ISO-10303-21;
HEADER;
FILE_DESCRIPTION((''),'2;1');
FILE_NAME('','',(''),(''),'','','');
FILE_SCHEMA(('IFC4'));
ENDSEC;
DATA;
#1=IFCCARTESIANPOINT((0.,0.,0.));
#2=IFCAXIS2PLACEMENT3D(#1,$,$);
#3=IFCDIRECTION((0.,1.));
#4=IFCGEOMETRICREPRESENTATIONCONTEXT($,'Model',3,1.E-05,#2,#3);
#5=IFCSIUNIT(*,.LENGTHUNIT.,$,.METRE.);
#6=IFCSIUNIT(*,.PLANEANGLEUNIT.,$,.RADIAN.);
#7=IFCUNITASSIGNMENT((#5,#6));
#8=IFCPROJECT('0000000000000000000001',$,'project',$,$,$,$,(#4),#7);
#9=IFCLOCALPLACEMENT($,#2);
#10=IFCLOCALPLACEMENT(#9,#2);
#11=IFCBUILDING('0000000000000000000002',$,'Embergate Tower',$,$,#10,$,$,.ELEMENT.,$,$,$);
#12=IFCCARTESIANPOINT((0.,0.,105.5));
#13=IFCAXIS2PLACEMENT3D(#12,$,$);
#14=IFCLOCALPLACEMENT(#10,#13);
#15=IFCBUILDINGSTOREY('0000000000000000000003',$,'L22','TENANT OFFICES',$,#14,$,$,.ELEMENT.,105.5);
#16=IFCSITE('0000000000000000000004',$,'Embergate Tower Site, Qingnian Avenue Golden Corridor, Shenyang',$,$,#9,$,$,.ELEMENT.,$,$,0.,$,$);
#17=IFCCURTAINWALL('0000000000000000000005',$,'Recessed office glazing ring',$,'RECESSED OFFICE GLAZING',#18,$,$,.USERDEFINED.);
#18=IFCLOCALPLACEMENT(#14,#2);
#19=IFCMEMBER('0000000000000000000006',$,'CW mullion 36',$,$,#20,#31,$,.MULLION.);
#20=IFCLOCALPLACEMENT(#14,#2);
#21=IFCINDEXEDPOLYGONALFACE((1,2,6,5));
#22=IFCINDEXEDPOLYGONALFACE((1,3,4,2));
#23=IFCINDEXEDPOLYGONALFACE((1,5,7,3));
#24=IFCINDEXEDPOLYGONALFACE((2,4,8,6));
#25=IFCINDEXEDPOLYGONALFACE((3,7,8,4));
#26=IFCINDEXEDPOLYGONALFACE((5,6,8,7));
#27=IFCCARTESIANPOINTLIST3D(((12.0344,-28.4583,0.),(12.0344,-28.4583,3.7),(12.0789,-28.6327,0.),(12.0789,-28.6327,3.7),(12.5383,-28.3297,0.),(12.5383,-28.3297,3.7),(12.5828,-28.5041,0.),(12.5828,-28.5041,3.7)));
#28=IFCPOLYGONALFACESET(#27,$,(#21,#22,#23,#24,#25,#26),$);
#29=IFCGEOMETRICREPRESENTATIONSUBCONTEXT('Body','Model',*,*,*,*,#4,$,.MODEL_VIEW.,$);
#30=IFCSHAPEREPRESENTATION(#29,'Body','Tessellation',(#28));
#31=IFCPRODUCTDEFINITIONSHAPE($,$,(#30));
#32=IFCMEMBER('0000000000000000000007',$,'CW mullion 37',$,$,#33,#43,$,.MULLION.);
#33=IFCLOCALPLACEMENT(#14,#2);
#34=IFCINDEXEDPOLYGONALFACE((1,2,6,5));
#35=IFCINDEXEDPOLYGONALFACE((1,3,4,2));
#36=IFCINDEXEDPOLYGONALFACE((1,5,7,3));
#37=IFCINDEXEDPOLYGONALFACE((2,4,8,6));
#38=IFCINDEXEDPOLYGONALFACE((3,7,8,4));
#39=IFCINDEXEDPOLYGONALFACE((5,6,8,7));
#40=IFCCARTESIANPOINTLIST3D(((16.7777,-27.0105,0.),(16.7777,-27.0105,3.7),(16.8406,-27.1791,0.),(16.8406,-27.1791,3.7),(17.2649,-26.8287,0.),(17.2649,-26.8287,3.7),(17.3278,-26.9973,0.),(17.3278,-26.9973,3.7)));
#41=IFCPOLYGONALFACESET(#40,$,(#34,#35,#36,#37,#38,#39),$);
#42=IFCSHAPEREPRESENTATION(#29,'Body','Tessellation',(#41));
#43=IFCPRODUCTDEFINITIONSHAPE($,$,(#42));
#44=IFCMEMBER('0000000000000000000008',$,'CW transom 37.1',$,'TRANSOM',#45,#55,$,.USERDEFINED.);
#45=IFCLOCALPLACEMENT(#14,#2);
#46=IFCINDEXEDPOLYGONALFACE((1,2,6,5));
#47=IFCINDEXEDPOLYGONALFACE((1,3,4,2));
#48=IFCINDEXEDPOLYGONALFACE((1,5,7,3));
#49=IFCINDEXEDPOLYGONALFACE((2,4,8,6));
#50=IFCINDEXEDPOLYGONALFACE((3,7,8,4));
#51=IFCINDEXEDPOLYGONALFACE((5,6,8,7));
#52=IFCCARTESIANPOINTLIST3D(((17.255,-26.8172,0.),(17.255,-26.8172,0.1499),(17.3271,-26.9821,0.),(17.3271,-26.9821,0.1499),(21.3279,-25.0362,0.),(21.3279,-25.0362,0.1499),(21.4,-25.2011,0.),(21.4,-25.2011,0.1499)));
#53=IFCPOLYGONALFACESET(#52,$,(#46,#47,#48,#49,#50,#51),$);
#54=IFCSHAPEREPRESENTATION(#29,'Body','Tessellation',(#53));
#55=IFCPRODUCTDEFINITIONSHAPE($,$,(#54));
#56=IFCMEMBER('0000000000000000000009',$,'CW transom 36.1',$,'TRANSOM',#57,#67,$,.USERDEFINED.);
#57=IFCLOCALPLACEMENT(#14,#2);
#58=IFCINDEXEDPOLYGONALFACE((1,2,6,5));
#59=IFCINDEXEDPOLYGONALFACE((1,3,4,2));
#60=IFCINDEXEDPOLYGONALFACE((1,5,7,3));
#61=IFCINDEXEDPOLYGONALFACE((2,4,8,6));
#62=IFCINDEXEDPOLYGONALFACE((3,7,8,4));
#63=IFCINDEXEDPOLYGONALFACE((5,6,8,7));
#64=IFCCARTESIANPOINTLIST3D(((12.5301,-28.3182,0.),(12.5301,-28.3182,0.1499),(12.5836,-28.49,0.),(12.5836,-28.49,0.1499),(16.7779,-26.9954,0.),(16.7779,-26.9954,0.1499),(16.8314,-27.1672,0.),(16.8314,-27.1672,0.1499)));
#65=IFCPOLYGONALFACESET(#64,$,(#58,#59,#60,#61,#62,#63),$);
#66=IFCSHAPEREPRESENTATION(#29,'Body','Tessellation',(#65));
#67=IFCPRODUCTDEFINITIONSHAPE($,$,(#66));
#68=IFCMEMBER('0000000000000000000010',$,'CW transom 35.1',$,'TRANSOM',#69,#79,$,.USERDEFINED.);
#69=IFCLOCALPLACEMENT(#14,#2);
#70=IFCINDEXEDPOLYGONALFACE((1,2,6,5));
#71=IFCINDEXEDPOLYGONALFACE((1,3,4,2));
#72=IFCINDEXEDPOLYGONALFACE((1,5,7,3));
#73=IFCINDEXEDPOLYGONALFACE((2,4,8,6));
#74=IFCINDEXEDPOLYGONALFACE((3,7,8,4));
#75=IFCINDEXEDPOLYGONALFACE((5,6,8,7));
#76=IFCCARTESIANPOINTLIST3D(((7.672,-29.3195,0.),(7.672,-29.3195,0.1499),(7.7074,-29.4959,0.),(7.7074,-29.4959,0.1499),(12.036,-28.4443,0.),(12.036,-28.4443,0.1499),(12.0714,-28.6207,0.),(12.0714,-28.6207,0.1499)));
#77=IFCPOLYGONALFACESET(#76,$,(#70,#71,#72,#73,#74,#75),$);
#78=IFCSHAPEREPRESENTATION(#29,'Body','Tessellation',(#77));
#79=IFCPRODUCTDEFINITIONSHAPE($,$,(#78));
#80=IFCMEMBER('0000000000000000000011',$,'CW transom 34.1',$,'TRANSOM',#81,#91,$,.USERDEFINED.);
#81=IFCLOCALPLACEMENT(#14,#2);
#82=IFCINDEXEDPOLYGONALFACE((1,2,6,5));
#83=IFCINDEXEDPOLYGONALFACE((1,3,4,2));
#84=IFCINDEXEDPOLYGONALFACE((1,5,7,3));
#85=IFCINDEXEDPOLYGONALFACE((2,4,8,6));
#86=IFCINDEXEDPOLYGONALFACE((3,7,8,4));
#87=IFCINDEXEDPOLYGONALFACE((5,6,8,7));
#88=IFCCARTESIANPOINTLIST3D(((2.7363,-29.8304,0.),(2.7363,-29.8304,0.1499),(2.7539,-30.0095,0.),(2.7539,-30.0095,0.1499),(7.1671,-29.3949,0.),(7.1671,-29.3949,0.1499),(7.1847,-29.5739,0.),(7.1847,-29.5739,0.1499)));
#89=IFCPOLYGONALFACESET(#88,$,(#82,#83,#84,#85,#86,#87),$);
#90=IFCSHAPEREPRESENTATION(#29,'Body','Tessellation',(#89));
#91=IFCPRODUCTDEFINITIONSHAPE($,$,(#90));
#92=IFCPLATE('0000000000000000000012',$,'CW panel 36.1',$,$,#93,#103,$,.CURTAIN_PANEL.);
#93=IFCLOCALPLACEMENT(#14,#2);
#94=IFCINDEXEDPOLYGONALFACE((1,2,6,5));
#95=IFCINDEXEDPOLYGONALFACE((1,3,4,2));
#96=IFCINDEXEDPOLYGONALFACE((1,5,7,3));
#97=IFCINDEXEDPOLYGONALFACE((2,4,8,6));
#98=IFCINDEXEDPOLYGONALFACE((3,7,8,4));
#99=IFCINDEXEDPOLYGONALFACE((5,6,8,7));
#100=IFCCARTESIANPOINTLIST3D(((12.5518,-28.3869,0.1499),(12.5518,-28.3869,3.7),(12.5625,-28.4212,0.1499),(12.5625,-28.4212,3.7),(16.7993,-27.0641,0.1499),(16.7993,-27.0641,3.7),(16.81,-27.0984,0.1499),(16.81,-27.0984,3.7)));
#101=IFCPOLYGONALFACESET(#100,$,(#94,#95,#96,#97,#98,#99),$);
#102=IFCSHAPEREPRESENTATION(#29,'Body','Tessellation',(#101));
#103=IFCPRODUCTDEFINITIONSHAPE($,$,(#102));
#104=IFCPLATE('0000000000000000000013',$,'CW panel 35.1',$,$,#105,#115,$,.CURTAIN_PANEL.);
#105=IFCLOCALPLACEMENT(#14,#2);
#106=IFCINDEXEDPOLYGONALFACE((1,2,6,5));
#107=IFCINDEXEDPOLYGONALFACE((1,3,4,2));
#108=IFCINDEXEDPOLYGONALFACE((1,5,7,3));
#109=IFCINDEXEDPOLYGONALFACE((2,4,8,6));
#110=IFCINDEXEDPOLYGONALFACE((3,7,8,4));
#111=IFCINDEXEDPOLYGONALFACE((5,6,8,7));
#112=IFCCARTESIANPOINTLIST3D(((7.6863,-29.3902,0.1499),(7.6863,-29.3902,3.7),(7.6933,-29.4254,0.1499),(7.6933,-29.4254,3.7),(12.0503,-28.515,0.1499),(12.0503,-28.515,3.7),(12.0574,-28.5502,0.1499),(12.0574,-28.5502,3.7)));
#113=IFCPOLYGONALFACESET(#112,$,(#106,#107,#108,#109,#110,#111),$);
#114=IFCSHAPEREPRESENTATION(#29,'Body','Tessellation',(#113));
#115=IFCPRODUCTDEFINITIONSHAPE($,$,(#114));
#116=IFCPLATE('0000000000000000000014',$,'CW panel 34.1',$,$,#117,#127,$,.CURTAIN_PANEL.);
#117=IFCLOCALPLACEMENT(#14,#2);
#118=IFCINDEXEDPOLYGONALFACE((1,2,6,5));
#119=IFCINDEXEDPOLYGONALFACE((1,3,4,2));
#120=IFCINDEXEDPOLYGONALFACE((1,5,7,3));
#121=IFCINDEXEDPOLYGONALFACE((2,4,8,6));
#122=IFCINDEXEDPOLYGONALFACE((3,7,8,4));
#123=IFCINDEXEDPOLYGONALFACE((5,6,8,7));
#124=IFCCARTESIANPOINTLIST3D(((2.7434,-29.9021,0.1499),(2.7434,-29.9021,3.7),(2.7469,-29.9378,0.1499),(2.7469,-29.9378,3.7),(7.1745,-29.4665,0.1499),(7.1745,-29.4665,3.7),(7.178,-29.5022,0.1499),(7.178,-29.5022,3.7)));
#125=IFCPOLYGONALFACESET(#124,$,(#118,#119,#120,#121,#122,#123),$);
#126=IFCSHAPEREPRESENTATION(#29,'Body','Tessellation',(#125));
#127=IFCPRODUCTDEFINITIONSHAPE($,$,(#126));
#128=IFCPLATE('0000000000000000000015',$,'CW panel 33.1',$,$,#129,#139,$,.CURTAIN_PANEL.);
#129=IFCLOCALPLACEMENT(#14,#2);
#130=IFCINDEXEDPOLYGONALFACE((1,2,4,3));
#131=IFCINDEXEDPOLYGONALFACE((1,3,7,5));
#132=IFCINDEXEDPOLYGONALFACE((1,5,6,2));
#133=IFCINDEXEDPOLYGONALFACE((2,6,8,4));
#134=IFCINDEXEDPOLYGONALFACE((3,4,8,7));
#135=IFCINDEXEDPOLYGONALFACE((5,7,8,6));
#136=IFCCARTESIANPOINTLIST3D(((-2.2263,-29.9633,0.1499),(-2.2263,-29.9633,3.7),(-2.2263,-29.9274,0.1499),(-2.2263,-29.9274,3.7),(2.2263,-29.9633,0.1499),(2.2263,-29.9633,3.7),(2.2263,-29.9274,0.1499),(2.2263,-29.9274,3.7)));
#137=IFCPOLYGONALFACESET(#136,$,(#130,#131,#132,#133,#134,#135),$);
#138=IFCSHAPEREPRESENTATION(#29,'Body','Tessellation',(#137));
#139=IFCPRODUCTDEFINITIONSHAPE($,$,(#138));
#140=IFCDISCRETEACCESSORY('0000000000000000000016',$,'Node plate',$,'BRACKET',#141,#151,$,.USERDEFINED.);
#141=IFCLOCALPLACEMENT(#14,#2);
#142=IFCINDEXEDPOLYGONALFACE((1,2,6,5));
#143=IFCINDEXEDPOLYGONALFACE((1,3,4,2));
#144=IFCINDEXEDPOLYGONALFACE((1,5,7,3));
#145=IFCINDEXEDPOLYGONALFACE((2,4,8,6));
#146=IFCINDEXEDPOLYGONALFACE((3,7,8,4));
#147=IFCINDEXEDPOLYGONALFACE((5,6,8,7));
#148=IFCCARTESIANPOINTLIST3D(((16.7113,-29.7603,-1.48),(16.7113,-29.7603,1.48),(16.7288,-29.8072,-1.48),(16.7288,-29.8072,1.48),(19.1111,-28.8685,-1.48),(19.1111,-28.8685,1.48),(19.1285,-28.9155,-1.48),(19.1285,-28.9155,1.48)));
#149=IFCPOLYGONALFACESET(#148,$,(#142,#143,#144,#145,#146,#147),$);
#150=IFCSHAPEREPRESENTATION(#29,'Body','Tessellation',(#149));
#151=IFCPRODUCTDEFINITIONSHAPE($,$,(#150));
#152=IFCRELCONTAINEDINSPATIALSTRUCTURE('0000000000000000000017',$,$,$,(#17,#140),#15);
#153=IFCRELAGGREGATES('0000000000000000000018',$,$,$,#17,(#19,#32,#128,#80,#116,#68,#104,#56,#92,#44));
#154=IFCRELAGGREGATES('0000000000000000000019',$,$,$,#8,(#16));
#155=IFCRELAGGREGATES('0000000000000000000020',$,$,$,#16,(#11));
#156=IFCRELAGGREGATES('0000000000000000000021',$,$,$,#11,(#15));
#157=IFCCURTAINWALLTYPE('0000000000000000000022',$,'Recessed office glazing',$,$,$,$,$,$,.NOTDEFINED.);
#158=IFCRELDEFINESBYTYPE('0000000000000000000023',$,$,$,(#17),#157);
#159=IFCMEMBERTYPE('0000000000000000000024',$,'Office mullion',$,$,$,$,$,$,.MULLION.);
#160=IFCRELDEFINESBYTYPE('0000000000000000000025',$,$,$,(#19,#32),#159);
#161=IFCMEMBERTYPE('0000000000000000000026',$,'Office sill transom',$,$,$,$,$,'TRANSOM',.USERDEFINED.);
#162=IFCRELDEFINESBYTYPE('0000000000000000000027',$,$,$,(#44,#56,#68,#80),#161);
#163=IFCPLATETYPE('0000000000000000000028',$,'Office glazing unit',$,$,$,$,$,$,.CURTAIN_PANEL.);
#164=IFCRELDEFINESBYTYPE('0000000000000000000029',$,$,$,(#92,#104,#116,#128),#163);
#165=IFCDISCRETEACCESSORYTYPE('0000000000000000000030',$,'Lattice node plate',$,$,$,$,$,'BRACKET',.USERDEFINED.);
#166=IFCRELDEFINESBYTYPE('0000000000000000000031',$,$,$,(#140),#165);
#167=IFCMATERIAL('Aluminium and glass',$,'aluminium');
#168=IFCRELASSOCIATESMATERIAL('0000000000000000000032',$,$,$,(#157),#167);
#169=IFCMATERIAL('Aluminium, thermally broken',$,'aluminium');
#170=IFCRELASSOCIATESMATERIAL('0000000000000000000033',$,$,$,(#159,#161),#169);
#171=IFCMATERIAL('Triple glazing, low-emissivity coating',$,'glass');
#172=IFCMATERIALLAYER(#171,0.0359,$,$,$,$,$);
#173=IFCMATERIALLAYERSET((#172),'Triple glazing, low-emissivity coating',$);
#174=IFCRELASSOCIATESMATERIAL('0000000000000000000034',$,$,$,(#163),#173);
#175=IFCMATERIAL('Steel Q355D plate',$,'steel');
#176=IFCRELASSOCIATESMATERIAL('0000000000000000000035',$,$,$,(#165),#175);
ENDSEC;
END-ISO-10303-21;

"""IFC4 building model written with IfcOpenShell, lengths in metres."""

from ifc_helpers import new_model, si_unit, direction, frame, origin, origin_2d, place, context, subcontext, project, spatial, rectangle, extrude, source, transform, mapped, material, layer, layer_set, material_profile, profile_set, type_object, element, aggregate, save


model = new_model("IFC4")

# Units and contexts
model_context = context("Model", 3, precision=1e-05, world=origin(), true_north=direction((0.0, 1.0)))
body_context = subcontext(model_context, "Body", "Model", "MODEL_VIEW")
ifc_project = project(units=[si_unit("LENGTHUNIT", "METRE"), si_unit("PLANEANGLEUNIT", "RADIAN")], contexts=[model_context])

# Site, building, storey
site_placement = place(None, origin())
site = spatial("IfcSite", under=ifc_project, at=site_placement, Name="Embergate Tower Site, Qingnian Avenue Golden Corridor, Shenyang", CompositionType="ELEMENT", RefElevation=0.0)
building_placement = place(site_placement, origin())
building = spatial("IfcBuilding", under=site, at=building_placement, Name="Embergate Tower", CompositionType="ELEMENT")
storey_placement = place(building_placement, frame((0.0, 0.0, 105.5)))
storey = spatial("IfcBuildingStorey", under=building, at=storey_placement, Name="L22", Description="TENANT OFFICES", CompositionType="ELEMENT", Elevation=105.5)

# Curtain wall, members, plates
ifc_material_1 = material(Name="Aluminium and glass", Category="aluminium")
curtain_wall_type = type_object("IfcCurtainWallType", Name="Recessed office glazing", PredefinedType="NOTDEFINED", material=ifc_material_1)
curtain_wall_placement = place(storey_placement, origin())
curtain_wall = element("IfcCurtainWall", 1, at=curtain_wall_placement, inside=storey, type_object=curtain_wall_type, Name="Recessed office glazing ring", ObjectType="RECESSED OFFICE GLAZING", PredefinedType="USERDEFINED")
ifc_material_2 = material(Name="Aluminium, thermally broken", Category="aluminium")
ifc_material_profile_1 = material_profile(ifc_material_2, rectangle(XDim=0.1799, YDim=0.52, at=origin_2d()), Name="AL 520x180")
ifc_profile_set_1 = profile_set([ifc_material_profile_1], Name="Aluminium, thermally broken")
member_type_1 = type_object("IfcMemberType", Name="Office mullion", PredefinedType="MULLION", material=ifc_profile_set_1)
shared_shape_1 = source(origin(), body_context, "Body", "SweptSolid", [
    extrude(rectangle(XDim=0.1799, YDim=0.52, at=origin_2d()), origin(), (0.0, 0.0, 1.0), 3.7),
])
member_1_placement = place(storey_placement, frame((12.3086, -28.4812, 0.0), z_axis=(0.0, 0.0, 1.0), x_axis=(-0.247317, 0.968935, 0.0)))
member_1 = element("IfcMember", 2, at=member_1_placement, type_object=member_type_1, Name="CW mullion 36", PredefinedType="MULLION", context=body_context, shape_type="MappedRepresentation", body=[
    mapped(shared_shape_1, transform((0.0, 0.0, 0.0))),
])
member_2_placement = place(storey_placement, frame((17.0527, -27.0039, 0.0), z_axis=(0.0, 0.0, 1.0), x_axis=(-0.349511, 0.936932, 0.0)))
member_2 = element("IfcMember", 3, at=member_2_placement, type_object=member_type_1, Name="CW mullion 37", PredefinedType="MULLION", context=body_context, shape_type="MappedRepresentation", body=[
    mapped(shared_shape_1, transform((0.0, 0.0, 0.0))),
])
ifc_material_profile_2 = material_profile(ifc_material_2, rectangle(XDim=0.1799, YDim=0.1499, at=origin_2d()), Name="AL 150x180")
ifc_profile_set_2 = profile_set([ifc_material_profile_2], Name="Aluminium, thermally broken")
member_type_2 = type_object("IfcMemberType", Name="Office sill transom", ElementType="TRANSOM", PredefinedType="USERDEFINED", material=ifc_profile_set_2)
shared_shape_2 = source(origin(), body_context, "Body", "SweptSolid", [
    extrude(rectangle(XDim=0.1799, YDim=0.1499, at=origin_2d()), origin(), (0.0, 0.0, 1.0), 4.4453),
])
member_3_placement = place(storey_placement, frame((17.291, -26.8997, 0.075), z_axis=(0.916234, 0.400643, 0.0), x_axis=(-0.400643, 0.916234, 0.0)))
member_3 = element("IfcMember", 4, at=member_3_placement, type_object=member_type_2, Name="CW transom 37.1", ObjectType="TRANSOM", PredefinedType="USERDEFINED", context=body_context, shape_type="MappedRepresentation", body=[
    mapped(shared_shape_2, transform((0.0, 0.0, 0.0))),
])
shared_shape_3 = source(origin(), body_context, "Body", "SweptSolid", [
    extrude(rectangle(XDim=0.1799, YDim=0.1499, at=origin_2d()), origin(), (0.0, 0.0, 1.0), 4.449),
])
member_4_placement = place(storey_placement, frame((12.5569, -28.4041, 0.075), z_axis=(0.954779, 0.297316, 0.0), x_axis=(-0.297316, 0.954779, 0.0)))
member_4 = element("IfcMember", 5, at=member_4_placement, type_object=member_type_2, Name="CW transom 36.1", ObjectType="TRANSOM", PredefinedType="USERDEFINED", context=body_context, shape_type="MappedRepresentation", body=[
    mapped(shared_shape_3, transform((0.0, 0.0, 0.0))),
])
shared_shape_4 = source(origin(), body_context, "Body", "SweptSolid", [
    extrude(rectangle(XDim=0.1799, YDim=0.1499, at=origin_2d()), origin(), (0.0, 0.0, 1.0), 4.4509),
])
member_5_placement = place(storey_placement, frame((7.6897, -29.4077, 0.075), z_axis=(0.980475, 0.196644, 0.0), x_axis=(-0.196644, 0.980475, 0.0)))
member_5 = element("IfcMember", 6, at=member_5_placement, type_object=member_type_2, Name="CW transom 35.1", ObjectType="TRANSOM", PredefinedType="USERDEFINED", context=body_context, shape_type="MappedRepresentation", body=[
    mapped(shared_shape_4, transform((0.0, 0.0, 0.0))),
])
shared_shape_5 = source(origin(), body_context, "Body", "SweptSolid", [
    extrude(rectangle(XDim=0.1799, YDim=0.1499, at=origin_2d()), origin(), (0.0, 0.0, 1.0), 4.4521),
])
member_6_placement = place(storey_placement, frame((2.7451, -29.9199, 0.075), z_axis=(0.995204, 0.097826, 0.0), x_axis=(-0.097826, 0.995204, 0.0)))
member_6 = element("IfcMember", 7, at=member_6_placement, type_object=member_type_2, Name="CW transom 34.1", ObjectType="TRANSOM", PredefinedType="USERDEFINED", context=body_context, shape_type="MappedRepresentation", body=[
    mapped(shared_shape_5, transform((0.0, 0.0, 0.0))),
])
ifc_material_3 = material(Name="Triple glazing, low-emissivity coating", Category="glass")
ifc_layer = layer(ifc_material_3, 0.0359)
ifc_layer_set = layer_set([ifc_layer], Name="Triple glazing, low-emissivity coating")
plate_type = type_object("IfcPlateType", Name="Office glazing unit", PredefinedType="CURTAIN_PANEL", material=ifc_layer_set)
shared_shape_6 = source(origin(), body_context, "Body", "SweptSolid", [
    extrude(rectangle(XDim=4.4487, YDim=0.0359, at=origin_2d()), origin(), (0.0, 0.0, 1.0), 3.55),
])
plate_1_placement = place(storey_placement, frame((14.6809, -27.7427, 0.1499), z_axis=(0.0, 0.0, 1.0), x_axis=(0.95477, 0.297345, 0.0)))
plate_1 = element("IfcPlate", 8, at=plate_1_placement, type_object=plate_type, Name="CW panel 36.1", PredefinedType="CURTAIN_PANEL", context=body_context, shape_type="MappedRepresentation", body=[
    mapped(shared_shape_6, transform((0.0, 0.0, 0.0))),
])
shared_shape_7 = source(origin(), body_context, "Body", "SweptSolid", [
    extrude(rectangle(XDim=4.4509, YDim=0.0359, at=origin_2d()), origin(), (0.0, 0.0, 1.0), 3.55),
])
plate_2_placement = place(storey_placement, frame((9.8718, -28.9702, 0.1499), z_axis=(0.0, 0.0, 1.0), x_axis=(0.980475, 0.196644, 0.0)))
plate_2 = element("IfcPlate", 9, at=plate_2_placement, type_object=plate_type, Name="CW panel 35.1", PredefinedType="CURTAIN_PANEL", context=body_context, shape_type="MappedRepresentation", body=[
    mapped(shared_shape_7, transform((0.0, 0.0, 0.0))),
])
shared_shape_8 = source(origin(), body_context, "Body", "SweptSolid", [
    extrude(rectangle(XDim=4.4524, YDim=0.0359, at=origin_2d()), origin(), (0.0, 0.0, 1.0), 3.55),
])
plate_3_placement = place(storey_placement, frame((4.9607, -29.7021, 0.1499), z_axis=(0.0, 0.0, 1.0), x_axis=(0.995203, 0.097831, 0.0)))
plate_3 = element("IfcPlate", 10, at=plate_3_placement, type_object=plate_type, Name="CW panel 34.1", PredefinedType="CURTAIN_PANEL", context=body_context, shape_type="MappedRepresentation", body=[
    mapped(shared_shape_8, transform((0.0, 0.0, 0.0))),
])
shared_shape_9 = source(origin(), body_context, "Body", "SweptSolid", [
    extrude(rectangle(XDim=4.4526, YDim=0.0359, at=origin_2d()), origin(), (0.0, 0.0, 1.0), 3.55),
])
plate_4_placement = place(storey_placement, frame((0.0, -29.9453, 0.1499), z_axis=(0.0, 0.0, 1.0), x_axis=(1.0, 0.0, 0.0)))
plate_4 = element("IfcPlate", 11, at=plate_4_placement, type_object=plate_type, Name="CW panel 33.1", PredefinedType="CURTAIN_PANEL", context=body_context, shape_type="MappedRepresentation", body=[
    mapped(shared_shape_9, transform((0.0, 0.0, 0.0))),
])
aggregate(curtain_wall, [member_1, member_2, plate_4, member_6, plate_3, member_5, plate_2, member_4, plate_1, member_3])

# Discrete accessory
ifc_material_4 = material(Name="Steel Q355D plate", Category="steel")
discrete_accessory_type = type_object("IfcDiscreteAccessoryType", Name="Lattice node plate", ElementType="BRACKET", PredefinedType="USERDEFINED", material=ifc_material_4)
shared_shape_10 = source(origin(), body_context, "Body", "SweptSolid", [
    extrude(rectangle(XDim=2.5601, YDim=0.05, at=origin_2d()), origin(), (0.0, 0.0, 1.0), 2.96),
])
discrete_accessory_placement = place(storey_placement, frame((17.9199, -29.3379, -1.48), z_axis=(0.0, 0.0, 1.0), x_axis=(0.937367, 0.348343, 0.0)))
element("IfcDiscreteAccessory", 12, at=discrete_accessory_placement, inside=storey, type_object=discrete_accessory_type, Name="Node plate", ObjectType="BRACKET", PredefinedType="USERDEFINED", context=body_context, shape_type="MappedRepresentation", body=[
    mapped(shared_shape_10, transform((0.0, 0.0, 0.0))),
])

save(model, "model.ifc")
